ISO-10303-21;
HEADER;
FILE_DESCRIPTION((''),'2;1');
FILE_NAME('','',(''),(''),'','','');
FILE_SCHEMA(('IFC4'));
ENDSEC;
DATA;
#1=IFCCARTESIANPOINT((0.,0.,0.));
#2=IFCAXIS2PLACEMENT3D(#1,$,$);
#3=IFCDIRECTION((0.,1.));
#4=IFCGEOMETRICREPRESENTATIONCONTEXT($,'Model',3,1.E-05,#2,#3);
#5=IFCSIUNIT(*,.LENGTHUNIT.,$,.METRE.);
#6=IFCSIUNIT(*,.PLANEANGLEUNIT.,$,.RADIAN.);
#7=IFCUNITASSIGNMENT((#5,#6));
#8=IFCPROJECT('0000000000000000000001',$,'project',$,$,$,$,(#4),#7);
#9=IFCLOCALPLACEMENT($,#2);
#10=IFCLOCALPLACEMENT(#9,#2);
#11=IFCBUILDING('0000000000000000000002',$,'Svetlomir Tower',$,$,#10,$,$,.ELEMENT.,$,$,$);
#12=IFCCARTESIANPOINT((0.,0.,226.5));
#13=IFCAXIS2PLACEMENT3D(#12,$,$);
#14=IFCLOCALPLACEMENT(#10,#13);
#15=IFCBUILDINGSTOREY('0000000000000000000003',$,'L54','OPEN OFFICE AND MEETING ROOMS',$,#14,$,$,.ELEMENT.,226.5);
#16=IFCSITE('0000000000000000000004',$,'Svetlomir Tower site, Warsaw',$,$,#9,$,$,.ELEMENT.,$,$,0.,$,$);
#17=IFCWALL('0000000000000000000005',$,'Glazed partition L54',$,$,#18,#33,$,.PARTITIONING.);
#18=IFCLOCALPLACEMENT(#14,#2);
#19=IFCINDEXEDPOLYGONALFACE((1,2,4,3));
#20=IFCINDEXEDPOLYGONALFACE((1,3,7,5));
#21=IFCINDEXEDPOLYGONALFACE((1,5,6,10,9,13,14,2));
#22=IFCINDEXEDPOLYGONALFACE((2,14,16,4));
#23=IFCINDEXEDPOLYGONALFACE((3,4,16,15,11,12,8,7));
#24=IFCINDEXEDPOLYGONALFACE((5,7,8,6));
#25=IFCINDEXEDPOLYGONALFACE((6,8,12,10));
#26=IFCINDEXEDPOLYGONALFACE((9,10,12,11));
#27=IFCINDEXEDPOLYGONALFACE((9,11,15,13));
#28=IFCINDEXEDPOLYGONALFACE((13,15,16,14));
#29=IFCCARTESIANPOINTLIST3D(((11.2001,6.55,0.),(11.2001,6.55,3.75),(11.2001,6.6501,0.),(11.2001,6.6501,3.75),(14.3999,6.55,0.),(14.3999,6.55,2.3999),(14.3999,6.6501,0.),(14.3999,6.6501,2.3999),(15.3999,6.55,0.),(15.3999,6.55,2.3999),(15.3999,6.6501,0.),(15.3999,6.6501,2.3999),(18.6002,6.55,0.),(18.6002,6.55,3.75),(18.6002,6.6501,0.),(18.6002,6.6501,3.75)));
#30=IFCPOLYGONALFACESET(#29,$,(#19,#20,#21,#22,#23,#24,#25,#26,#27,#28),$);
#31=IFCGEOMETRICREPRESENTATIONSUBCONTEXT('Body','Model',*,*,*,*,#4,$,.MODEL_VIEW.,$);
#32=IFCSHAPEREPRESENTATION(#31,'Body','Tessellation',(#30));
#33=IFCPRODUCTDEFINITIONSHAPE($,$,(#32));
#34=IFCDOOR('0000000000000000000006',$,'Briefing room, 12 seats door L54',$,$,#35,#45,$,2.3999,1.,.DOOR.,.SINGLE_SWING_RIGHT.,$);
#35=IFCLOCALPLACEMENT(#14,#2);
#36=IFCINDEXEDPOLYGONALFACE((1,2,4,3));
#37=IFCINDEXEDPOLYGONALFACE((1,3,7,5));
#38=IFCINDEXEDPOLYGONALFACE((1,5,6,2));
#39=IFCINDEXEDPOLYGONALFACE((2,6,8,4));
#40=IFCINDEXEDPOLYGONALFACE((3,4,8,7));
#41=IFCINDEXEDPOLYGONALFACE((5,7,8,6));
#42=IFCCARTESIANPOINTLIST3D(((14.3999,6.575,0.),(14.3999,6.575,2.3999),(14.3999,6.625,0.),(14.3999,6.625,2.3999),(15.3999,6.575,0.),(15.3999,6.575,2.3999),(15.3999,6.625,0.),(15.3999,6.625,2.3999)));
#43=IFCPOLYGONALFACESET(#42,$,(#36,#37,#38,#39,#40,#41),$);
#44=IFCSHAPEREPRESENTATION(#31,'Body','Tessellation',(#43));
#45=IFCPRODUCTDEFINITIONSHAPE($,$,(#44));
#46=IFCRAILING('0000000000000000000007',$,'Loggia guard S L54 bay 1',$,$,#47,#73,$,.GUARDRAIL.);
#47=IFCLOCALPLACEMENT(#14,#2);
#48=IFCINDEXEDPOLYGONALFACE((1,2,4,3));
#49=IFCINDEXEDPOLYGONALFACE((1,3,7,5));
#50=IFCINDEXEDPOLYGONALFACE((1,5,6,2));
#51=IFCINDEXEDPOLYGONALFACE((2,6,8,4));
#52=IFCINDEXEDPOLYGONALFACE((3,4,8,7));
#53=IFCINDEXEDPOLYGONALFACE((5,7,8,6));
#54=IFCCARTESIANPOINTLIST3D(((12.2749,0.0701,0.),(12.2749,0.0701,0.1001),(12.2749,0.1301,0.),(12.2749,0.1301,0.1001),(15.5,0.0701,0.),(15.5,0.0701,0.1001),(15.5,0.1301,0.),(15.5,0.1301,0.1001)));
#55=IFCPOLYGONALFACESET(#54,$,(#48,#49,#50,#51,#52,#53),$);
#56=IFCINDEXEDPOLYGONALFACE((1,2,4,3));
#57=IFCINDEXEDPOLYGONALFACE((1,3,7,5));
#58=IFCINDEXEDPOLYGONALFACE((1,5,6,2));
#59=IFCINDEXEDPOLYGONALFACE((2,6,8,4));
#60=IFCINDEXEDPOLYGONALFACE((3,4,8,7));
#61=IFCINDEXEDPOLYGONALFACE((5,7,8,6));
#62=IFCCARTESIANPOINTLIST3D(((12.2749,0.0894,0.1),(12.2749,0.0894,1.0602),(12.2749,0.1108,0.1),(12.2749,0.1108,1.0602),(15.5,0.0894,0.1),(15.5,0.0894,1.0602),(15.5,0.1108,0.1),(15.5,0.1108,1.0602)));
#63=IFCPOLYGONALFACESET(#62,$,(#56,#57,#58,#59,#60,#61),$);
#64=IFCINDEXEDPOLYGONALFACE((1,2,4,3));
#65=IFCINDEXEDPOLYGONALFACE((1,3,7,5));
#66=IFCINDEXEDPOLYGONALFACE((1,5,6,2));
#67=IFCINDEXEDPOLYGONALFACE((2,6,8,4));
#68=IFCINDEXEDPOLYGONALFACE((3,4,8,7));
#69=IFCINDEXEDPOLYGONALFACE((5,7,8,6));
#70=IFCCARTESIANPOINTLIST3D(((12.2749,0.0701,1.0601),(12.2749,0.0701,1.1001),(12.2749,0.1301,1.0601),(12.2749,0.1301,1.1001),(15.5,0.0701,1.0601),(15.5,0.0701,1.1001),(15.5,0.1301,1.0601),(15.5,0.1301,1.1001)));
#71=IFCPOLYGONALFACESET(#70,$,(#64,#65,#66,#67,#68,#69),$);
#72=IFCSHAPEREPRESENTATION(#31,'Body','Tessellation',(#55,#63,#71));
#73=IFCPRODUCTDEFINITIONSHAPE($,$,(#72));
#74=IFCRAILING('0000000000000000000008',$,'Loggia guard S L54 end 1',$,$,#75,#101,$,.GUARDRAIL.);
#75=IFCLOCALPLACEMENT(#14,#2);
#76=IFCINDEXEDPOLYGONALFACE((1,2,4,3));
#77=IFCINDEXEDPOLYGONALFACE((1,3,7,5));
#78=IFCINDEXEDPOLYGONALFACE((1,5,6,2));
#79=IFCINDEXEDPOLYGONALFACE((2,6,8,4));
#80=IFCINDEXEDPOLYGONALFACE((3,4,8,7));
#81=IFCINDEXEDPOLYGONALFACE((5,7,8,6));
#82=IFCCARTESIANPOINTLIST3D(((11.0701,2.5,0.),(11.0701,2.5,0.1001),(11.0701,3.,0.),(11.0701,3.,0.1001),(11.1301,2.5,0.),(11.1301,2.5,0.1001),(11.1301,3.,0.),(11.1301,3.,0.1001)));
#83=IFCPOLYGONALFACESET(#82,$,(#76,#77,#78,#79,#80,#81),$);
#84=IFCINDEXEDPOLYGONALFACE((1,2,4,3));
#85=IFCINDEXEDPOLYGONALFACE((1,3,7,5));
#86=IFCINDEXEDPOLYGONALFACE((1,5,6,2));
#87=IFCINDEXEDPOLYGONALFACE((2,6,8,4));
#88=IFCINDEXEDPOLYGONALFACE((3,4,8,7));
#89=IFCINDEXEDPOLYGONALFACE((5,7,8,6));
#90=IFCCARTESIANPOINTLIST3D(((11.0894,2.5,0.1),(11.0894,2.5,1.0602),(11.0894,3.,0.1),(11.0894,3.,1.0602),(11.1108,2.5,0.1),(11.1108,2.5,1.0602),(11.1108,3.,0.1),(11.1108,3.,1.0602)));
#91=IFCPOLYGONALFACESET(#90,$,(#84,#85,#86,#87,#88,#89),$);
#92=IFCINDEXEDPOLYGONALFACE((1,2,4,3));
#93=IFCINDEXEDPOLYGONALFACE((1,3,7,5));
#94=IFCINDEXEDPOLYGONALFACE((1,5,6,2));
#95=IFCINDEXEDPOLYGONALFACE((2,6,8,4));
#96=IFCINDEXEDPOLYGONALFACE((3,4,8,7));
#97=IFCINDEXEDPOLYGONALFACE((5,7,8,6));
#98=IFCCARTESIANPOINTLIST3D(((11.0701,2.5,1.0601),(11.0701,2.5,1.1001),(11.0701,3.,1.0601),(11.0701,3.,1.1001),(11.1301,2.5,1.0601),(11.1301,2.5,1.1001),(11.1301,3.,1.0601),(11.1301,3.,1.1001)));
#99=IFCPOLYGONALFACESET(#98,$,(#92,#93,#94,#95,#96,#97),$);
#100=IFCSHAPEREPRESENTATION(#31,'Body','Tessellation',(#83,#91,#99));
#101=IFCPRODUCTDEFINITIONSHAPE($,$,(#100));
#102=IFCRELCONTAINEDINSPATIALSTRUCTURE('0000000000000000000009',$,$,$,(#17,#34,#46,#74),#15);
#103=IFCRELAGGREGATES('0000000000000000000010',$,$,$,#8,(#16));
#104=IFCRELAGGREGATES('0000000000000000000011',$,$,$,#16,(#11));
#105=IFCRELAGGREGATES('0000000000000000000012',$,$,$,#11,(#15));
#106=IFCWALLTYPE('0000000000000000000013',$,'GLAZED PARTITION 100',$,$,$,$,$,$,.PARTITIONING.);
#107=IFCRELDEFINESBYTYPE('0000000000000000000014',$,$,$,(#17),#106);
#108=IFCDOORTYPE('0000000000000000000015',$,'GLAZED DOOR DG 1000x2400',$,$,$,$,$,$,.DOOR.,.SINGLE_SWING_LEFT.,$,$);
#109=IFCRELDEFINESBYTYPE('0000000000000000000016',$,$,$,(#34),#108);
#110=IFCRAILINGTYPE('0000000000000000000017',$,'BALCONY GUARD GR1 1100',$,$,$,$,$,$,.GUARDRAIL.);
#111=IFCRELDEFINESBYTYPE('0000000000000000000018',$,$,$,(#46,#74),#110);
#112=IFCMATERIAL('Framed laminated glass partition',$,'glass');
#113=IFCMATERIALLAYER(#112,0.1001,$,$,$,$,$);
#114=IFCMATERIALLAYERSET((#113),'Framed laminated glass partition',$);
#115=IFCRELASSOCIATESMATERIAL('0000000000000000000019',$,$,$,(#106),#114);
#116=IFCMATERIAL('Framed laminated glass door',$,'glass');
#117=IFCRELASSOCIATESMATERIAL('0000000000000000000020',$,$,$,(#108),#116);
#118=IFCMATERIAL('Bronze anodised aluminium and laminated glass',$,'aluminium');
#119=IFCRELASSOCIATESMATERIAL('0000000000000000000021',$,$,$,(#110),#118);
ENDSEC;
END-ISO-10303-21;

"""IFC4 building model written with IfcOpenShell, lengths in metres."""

from ifc_helpers import new_model, si_unit, direction, frame, frame_2d, origin, origin_2d, place, context, subcontext, project, spatial, rectangle, extrude, material, layer, layer_set, type_object, element, fill, save


model = new_model("IFC4")

# Units and contexts
model_context = context("Model", 3, precision=1e-05, world=origin(), true_north=direction((0.0, 1.0)))
body_context = subcontext(model_context, "Body", "Model", "MODEL_VIEW")
ifc_project = project(units=[si_unit("LENGTHUNIT", "METRE"), si_unit("PLANEANGLEUNIT", "RADIAN")], contexts=[model_context])

# Site, building, storey
site_placement = place(None, origin())
site = spatial("IfcSite", under=ifc_project, at=site_placement, Name="Svetlomir Tower site, Warsaw", CompositionType="ELEMENT", RefElevation=0.0)
building_placement = place(site_placement, origin())
building = spatial("IfcBuilding", under=site, at=building_placement, Name="Svetlomir Tower", CompositionType="ELEMENT")
storey_placement = place(building_placement, frame((0.0, 0.0, 226.5)))
storey = spatial("IfcBuildingStorey", under=building, at=storey_placement, Name="L54", Description="OPEN OFFICE AND MEETING ROOMS", CompositionType="ELEMENT", Elevation=226.5)

# Shared definitions
ifc_material_1 = material(Name="Framed laminated glass partition", Category="glass")
ifc_layer_1 = layer(ifc_material_1, 0.1001)
ifc_layer_set_1 = layer_set([ifc_layer_1], Name="Framed laminated glass partition")
wall_type = type_object("IfcWallType", Name="GLAZED PARTITION 100", PredefinedType="PARTITIONING", material=ifc_layer_set_1)

# Wall, opening, door
wall_1_placement = place(storey_placement, frame((11.2, 6.6001, 0.0), z_axis=(0.0, 0.0, 1.0), x_axis=(1.0, 0.0, 0.0)))
wall_1 = element("IfcWall", 1, at=wall_1_placement, inside=storey, type_object=wall_type, Name="Glazed partition L54", PredefinedType="PARTITIONING", context=body_context, shape_type="SweptSolid", body=[
    extrude(rectangle(XDim=7.4001, YDim=0.1001, at=frame_2d((3.7002, 0.0))), origin(), (0.0, 0.0, 1.0), 3.75),
])
opening_placement = place(wall_1_placement, frame((3.2, 0.0, 0.0)))
opening = element("IfcOpeningElement", 2, at=opening_placement, cuts=wall_1, PredefinedType="OPENING", context=body_context, shape_type="SweptSolid", body=[
    extrude(rectangle(XDim=1.0, YDim=2.3999, at=frame_2d((0.5, 1.2))), frame((0.0, 0.0601, 0.0), z_axis=(0.0, -1.0, 0.0), x_axis=(1.0, 0.0, 0.0)), (0.0, 0.0, 1.0), 0.1201),
])
ifc_material_2 = material(Name="Framed laminated glass door", Category="glass")
door_type = type_object("IfcDoorType", Name="GLAZED DOOR DG 1000x2400", OperationType="SINGLE_SWING_LEFT", PredefinedType="DOOR", material=ifc_material_2)
door_placement = place(opening_placement, origin())
door = element("IfcDoor", 3, at=door_placement, inside=storey, type_object=door_type, Name="Briefing room, 12 seats door L54", OperationType="SINGLE_SWING_RIGHT", OverallHeight=2.3999, OverallWidth=1.0, PredefinedType="DOOR", context=body_context, shape_type="SweptSolid", body=[
    extrude(rectangle(XDim=1.0, YDim=2.3999, at=frame_2d((0.5, 1.2))), frame((0.0, 0.0249, 0.0), z_axis=(0.0, -1.0, 0.0), x_axis=(1.0, 0.0, 0.0)), (0.0, 0.0, 1.0), 0.05),
])
fill(opening, door)

# Railings
ifc_material_3 = material(Name="Bronze anodised aluminium and laminated glass", Category="aluminium")
railing_type = type_object("IfcRailingType", Name="BALCONY GUARD GR1 1100", PredefinedType="GUARDRAIL", material=ifc_material_3)
railing_1_placement = place(storey_placement, frame((12.2749, 0.1001, 0.0)))
element("IfcRailing", 4, at=railing_1_placement, inside=storey, type_object=railing_type, Name="Loggia guard S L54 bay 1", PredefinedType="GUARDRAIL", context=body_context, shape_type="SweptSolid", body=[
    extrude(rectangle(XDim=0.0601, YDim=0.1001, at=origin_2d()), frame((0.0, 0.0, 0.05), z_axis=(1.0, 0.0, 0.0), x_axis=(0.0, 1.0, 0.0)), (0.0, 0.0, 1.0), 3.2251),
    extrude(rectangle(XDim=0.0215, YDim=0.9602, at=origin_2d()), frame((0.0, 0.0, 0.5801), z_axis=(1.0, 0.0, 0.0), x_axis=(0.0, 1.0, 0.0)), (0.0, 0.0, 1.0), 3.2251),
    extrude(rectangle(XDim=0.0601, YDim=0.04, at=origin_2d()), frame((0.0, 0.0, 1.0801), z_axis=(1.0, 0.0, 0.0), x_axis=(0.0, 1.0, 0.0)), (0.0, 0.0, 1.0), 3.2251),
])
railing_2_placement = place(storey_placement, frame((11.1001, 2.5, 0.0)))
element("IfcRailing", 5, at=railing_2_placement, inside=storey, type_object=railing_type, Name="Loggia guard S L54 end 1", PredefinedType="GUARDRAIL", context=body_context, shape_type="SweptSolid", body=[
    extrude(rectangle(XDim=0.0601, YDim=0.1001, at=origin_2d()), frame((0.0, 0.0, 0.05), z_axis=(0.0, 1.0, 0.0), x_axis=(-1.0, 0.0, 0.0)), (0.0, 0.0, 1.0), 0.5),
    extrude(rectangle(XDim=0.0215, YDim=0.9602, at=origin_2d()), frame((0.0, 0.0, 0.5801), z_axis=(0.0, 1.0, 0.0), x_axis=(-1.0, 0.0, 0.0)), (0.0, 0.0, 1.0), 0.5),
    extrude(rectangle(XDim=0.0601, YDim=0.04, at=origin_2d()), frame((0.0, 0.0, 1.0801), z_axis=(0.0, 1.0, 0.0), x_axis=(-1.0, 0.0, 0.0)), (0.0, 0.0, 1.0), 0.5),
])

save(model, "model.ifc")
